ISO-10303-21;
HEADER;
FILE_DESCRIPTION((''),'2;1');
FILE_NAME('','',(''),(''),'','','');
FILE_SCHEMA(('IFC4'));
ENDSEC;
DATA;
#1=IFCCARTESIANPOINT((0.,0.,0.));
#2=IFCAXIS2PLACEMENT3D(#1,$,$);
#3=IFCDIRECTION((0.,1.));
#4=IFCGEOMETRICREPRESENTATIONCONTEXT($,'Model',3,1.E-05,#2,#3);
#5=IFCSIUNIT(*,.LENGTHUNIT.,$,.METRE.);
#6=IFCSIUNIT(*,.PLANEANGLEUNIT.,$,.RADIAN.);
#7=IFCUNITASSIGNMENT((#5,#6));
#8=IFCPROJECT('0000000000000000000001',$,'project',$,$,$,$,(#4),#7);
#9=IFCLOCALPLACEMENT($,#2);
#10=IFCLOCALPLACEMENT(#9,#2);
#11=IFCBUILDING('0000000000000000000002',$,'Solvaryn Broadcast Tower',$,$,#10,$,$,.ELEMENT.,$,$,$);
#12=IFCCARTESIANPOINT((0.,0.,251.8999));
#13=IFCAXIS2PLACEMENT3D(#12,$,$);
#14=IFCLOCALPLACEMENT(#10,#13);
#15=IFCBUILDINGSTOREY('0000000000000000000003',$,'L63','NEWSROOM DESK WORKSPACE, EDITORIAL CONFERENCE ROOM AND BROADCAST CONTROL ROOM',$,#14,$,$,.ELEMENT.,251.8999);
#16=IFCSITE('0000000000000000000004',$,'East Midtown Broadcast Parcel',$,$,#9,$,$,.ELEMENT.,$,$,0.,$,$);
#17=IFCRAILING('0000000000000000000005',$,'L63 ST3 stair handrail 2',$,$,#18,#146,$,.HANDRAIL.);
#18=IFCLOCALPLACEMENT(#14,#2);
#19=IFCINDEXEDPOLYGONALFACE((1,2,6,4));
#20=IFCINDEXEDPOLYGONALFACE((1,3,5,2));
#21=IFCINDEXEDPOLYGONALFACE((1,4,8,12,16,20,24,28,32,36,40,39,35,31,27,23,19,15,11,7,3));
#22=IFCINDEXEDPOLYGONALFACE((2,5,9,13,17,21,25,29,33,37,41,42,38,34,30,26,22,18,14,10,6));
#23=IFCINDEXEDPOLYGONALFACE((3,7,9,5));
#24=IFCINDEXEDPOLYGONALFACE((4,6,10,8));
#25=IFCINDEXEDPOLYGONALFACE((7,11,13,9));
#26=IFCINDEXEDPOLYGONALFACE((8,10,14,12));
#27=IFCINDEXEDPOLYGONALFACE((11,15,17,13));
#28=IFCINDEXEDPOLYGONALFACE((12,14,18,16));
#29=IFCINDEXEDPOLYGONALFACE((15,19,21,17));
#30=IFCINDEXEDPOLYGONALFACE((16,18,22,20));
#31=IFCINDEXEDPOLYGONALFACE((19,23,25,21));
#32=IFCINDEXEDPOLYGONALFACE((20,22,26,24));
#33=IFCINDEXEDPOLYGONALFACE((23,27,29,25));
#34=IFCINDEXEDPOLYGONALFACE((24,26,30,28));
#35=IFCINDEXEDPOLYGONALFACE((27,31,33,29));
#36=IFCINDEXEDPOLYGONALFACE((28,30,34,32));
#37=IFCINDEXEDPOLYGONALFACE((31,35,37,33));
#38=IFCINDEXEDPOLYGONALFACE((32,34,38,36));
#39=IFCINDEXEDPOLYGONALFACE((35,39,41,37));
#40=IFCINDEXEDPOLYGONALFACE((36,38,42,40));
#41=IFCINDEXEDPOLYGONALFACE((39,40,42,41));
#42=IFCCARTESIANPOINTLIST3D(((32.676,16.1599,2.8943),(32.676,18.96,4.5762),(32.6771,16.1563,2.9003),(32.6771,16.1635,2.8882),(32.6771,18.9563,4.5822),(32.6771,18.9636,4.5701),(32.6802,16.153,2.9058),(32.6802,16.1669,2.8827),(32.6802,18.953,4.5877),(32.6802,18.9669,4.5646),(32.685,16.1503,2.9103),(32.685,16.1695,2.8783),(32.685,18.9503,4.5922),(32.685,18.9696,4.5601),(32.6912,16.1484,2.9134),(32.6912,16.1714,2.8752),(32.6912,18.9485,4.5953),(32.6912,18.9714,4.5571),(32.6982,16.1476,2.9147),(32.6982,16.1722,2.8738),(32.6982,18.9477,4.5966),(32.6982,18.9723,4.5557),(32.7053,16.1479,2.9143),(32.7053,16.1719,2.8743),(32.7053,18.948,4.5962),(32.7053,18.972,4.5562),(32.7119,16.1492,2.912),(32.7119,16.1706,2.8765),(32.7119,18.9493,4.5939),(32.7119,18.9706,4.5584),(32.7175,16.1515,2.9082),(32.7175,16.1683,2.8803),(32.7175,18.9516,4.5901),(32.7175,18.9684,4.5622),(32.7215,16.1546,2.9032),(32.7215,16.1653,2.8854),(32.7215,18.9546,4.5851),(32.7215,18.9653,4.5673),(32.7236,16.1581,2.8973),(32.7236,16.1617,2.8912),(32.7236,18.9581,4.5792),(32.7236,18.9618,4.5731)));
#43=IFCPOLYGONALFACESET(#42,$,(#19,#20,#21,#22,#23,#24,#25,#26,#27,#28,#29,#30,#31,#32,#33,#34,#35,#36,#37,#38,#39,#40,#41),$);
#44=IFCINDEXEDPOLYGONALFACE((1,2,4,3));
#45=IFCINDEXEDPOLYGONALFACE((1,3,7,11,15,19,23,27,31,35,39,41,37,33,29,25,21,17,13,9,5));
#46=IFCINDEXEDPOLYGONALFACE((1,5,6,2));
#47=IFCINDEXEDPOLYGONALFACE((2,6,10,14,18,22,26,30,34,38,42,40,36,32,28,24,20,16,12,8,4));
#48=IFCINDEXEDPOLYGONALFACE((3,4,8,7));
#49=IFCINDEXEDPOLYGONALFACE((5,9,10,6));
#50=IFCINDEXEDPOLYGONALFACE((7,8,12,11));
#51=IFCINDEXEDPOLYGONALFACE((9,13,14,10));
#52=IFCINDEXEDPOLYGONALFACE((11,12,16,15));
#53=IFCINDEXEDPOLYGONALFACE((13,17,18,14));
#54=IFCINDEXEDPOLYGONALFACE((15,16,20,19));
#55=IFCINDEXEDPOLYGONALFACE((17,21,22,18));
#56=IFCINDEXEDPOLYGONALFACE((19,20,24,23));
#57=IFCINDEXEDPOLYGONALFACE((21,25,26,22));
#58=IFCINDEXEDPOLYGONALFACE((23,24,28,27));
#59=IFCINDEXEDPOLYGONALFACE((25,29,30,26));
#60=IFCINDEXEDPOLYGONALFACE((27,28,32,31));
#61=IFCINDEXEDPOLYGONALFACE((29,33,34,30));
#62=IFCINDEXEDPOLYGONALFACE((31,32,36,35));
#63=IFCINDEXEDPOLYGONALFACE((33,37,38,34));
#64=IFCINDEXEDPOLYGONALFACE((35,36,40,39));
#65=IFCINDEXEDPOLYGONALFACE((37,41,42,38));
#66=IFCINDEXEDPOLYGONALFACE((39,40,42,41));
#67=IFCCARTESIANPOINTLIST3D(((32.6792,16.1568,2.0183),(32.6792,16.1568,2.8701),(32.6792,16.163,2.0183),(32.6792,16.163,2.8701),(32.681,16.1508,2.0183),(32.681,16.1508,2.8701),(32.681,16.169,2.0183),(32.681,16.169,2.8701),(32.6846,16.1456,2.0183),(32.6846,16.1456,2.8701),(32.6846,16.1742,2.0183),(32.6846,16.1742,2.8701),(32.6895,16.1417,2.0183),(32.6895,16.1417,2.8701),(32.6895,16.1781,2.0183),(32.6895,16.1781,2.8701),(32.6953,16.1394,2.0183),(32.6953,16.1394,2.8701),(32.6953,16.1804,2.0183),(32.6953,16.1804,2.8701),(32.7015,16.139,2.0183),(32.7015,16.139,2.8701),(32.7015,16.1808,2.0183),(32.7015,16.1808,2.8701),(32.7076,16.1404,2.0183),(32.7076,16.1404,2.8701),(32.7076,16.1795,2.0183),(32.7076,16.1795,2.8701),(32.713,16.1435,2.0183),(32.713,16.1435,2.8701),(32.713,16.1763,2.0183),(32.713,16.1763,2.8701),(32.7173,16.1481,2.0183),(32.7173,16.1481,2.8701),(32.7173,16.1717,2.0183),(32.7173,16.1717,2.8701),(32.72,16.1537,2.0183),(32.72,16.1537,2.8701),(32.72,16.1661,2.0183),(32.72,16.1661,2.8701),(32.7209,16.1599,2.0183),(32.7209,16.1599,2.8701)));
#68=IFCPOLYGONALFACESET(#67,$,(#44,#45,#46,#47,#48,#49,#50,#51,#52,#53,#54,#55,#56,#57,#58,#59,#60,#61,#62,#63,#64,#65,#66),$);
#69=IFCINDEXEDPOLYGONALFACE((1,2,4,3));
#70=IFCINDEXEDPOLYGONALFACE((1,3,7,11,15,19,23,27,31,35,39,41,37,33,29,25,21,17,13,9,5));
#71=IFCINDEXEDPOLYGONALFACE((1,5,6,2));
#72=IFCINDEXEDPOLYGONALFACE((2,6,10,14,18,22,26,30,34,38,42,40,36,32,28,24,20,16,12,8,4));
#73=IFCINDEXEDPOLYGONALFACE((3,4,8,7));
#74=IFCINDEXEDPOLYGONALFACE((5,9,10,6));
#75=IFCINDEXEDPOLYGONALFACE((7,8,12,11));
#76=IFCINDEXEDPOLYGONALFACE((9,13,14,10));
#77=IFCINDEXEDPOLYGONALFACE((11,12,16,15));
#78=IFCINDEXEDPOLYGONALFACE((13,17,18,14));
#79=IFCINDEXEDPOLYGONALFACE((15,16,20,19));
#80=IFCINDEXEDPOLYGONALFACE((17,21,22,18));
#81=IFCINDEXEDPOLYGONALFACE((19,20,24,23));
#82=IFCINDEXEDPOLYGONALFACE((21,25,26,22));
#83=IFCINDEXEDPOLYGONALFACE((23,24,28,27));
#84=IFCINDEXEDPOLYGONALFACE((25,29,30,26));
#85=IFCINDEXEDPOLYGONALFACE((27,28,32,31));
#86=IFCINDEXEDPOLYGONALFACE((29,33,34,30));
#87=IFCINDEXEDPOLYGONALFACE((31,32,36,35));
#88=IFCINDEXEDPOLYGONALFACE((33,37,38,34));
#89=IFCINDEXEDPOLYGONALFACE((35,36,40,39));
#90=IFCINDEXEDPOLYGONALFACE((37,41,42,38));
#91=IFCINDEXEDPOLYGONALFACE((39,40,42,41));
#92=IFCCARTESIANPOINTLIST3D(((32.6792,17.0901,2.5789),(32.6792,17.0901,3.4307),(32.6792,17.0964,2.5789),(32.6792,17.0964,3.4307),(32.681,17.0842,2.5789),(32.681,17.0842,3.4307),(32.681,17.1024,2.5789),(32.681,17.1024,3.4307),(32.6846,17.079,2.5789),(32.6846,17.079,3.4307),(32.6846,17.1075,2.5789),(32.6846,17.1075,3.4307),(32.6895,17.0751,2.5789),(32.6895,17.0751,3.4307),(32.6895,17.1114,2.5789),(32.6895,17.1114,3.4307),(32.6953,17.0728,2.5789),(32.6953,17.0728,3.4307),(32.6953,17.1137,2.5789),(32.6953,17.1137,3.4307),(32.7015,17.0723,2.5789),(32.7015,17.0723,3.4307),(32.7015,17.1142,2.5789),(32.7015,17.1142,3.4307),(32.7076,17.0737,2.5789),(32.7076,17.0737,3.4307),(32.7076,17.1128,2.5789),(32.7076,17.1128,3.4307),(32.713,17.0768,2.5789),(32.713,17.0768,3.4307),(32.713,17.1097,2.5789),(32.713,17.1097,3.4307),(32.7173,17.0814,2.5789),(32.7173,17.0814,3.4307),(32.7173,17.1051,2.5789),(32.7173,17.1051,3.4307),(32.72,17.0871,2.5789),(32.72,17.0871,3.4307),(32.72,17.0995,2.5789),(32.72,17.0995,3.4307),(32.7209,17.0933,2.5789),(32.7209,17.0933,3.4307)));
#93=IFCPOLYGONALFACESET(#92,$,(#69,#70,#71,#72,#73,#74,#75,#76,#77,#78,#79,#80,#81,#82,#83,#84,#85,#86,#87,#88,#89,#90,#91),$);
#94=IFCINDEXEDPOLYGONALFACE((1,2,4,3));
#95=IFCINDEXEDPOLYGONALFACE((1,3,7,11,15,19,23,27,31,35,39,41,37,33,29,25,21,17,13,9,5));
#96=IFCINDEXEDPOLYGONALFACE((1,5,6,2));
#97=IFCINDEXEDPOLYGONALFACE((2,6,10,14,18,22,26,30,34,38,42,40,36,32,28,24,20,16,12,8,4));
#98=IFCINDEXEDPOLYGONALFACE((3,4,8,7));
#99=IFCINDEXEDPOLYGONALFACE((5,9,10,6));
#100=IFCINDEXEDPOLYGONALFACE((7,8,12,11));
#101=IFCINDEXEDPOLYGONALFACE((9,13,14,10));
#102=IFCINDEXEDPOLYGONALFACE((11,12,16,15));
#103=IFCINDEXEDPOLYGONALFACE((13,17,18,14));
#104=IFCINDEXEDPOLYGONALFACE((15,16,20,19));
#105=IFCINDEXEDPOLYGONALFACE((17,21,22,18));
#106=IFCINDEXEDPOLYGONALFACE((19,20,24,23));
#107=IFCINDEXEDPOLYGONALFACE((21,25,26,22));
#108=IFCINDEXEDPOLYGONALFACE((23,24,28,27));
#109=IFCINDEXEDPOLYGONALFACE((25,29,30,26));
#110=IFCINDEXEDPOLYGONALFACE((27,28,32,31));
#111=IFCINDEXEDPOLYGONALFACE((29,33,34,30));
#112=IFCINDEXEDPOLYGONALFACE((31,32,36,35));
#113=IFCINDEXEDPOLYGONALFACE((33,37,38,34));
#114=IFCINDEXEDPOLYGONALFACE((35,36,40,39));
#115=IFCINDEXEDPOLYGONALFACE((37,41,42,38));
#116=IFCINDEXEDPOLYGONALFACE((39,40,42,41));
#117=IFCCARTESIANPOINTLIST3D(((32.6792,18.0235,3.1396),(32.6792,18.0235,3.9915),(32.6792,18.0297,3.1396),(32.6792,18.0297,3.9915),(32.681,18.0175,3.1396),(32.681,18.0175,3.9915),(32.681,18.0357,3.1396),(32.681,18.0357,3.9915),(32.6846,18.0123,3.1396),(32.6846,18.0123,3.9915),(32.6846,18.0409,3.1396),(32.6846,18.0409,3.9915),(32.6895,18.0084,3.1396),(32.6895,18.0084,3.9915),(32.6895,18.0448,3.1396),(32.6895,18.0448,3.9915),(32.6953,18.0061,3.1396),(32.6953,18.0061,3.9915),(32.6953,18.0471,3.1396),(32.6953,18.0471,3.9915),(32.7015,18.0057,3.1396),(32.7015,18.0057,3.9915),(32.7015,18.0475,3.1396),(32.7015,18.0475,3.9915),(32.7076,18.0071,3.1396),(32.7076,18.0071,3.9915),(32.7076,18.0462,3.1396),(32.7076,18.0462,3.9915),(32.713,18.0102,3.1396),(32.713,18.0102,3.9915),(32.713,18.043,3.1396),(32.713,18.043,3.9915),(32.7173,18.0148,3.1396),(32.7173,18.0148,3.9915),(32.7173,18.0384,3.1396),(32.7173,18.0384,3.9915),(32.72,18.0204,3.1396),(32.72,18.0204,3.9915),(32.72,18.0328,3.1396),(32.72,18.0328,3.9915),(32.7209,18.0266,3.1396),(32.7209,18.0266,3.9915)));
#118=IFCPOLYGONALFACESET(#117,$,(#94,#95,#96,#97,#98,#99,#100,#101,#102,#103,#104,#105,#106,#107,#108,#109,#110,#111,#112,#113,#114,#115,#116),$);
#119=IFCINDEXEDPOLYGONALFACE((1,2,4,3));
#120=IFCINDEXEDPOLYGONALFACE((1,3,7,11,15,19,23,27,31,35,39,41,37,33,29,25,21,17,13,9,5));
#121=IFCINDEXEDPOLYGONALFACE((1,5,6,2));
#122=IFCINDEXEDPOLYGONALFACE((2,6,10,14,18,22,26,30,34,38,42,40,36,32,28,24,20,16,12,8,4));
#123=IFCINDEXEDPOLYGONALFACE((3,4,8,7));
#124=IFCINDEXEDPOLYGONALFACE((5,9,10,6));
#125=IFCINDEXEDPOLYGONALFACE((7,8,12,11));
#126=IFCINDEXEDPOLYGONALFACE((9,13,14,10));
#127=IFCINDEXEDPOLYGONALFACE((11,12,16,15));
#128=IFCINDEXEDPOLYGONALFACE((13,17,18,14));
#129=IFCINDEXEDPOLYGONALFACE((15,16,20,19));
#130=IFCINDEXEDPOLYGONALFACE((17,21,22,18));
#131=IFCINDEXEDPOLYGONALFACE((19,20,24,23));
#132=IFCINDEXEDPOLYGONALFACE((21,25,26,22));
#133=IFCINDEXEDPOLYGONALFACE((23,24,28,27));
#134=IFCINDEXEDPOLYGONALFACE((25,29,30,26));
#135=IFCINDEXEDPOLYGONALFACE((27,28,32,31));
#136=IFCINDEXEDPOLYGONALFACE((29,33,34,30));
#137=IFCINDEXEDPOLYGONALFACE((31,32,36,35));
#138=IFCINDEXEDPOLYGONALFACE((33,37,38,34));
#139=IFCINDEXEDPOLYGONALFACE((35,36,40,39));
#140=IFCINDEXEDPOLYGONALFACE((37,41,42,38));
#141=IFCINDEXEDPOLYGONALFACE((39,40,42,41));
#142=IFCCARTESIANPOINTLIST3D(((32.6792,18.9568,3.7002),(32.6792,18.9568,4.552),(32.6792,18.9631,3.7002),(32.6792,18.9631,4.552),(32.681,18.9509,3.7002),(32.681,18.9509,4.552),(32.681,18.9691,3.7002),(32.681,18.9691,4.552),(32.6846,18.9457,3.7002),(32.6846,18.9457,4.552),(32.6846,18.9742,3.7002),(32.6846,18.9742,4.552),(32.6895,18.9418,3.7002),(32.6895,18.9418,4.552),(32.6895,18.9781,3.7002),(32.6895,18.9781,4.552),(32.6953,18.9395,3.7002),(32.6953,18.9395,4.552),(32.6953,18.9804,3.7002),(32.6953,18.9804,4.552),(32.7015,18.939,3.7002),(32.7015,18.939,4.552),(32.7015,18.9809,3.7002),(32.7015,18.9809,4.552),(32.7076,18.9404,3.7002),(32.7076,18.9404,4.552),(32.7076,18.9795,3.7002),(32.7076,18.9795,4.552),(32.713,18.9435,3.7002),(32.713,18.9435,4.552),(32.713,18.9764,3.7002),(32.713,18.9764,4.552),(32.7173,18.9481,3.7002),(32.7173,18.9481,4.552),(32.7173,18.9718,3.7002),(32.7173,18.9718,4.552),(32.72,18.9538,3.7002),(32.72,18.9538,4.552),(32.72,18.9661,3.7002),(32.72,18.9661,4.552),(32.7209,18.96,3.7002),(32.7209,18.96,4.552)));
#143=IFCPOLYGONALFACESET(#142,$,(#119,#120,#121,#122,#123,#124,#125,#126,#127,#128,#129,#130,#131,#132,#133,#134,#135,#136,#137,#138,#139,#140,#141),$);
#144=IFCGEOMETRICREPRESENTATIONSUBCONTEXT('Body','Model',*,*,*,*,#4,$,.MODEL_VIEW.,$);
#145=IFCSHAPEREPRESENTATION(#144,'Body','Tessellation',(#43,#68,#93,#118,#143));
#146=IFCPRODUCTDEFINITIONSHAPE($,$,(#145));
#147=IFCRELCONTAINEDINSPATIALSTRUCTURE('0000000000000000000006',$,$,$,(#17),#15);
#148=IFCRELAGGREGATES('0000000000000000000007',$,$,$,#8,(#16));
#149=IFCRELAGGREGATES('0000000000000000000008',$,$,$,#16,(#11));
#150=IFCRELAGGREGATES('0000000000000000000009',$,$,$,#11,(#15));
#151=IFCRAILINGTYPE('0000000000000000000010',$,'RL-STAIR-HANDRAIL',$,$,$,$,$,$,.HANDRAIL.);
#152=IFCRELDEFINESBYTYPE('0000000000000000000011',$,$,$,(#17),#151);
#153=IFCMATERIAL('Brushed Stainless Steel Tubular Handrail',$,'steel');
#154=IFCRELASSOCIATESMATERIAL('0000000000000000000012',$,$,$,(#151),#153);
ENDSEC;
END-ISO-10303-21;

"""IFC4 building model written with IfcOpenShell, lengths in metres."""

from ifc_helpers import new_model, si_unit, direction, frame, origin, origin_2d, place, context, subcontext, project, spatial, circle, extrude, material, type_object, element, save


model = new_model("IFC4")

# Units and contexts
model_context = context("Model", 3, precision=1e-05, world=origin(), true_north=direction((0.0, 1.0)))
body_context = subcontext(model_context, "Body", "Model", "MODEL_VIEW")
ifc_project = project(units=[si_unit("LENGTHUNIT", "METRE"), si_unit("PLANEANGLEUNIT", "RADIAN")], contexts=[model_context])

# Site, building, storey
site_placement = place(None, origin())
site = spatial("IfcSite", under=ifc_project, at=site_placement, Name="East Midtown Broadcast Parcel", CompositionType="ELEMENT", RefElevation=0.0)
building_placement = place(site_placement, origin())
building = spatial("IfcBuilding", under=site, at=building_placement, Name="Solvaryn Broadcast Tower", CompositionType="ELEMENT")
storey_placement = place(building_placement, frame((0.0, 0.0, 251.8999)))
storey = spatial("IfcBuildingStorey", under=building, at=storey_placement, Name="L63", Description="NEWSROOM DESK WORKSPACE, EDITORIAL CONFERENCE ROOM AND BROADCAST CONTROL ROOM", CompositionType="ELEMENT", Elevation=251.8999)

# Railing
ifc_material_1 = material(Name="Brushed Stainless Steel Tubular Handrail", Category="steel")
railing_type_1 = type_object("IfcRailingType", Name="RL-STAIR-HANDRAIL", PredefinedType="HANDRAIL", material=ifc_material_1)
railing_1_placement = place(storey_placement, frame((32.7, 16.1599, 2.0183)))
element("IfcRailing", 1, at=railing_1_placement, inside=storey, type_object=railing_type_1, Name="L63 ST3 stair handrail 2", PredefinedType="HANDRAIL", context=body_context, shape_type="SweptSolid", body=[
    extrude(circle(Radius=0.0239, at=origin_2d()), frame((0.0, 0.0, 0.876), z_axis=(0.0, 0.857242, 0.514913), x_axis=(-1.0, 0.0, 0.0)), (0.0, 0.0, 1.0), 3.2664),
    extrude(circle(Radius=0.021, at=origin_2d()), origin(), (0.0, 0.0, 1.0), 0.8518),
    extrude(circle(Radius=0.021, at=origin_2d()), frame((0.0, 0.9333, 0.5605)), (0.0, 0.0, 1.0), 0.8518),
    extrude(circle(Radius=0.021, at=origin_2d()), frame((0.0, 1.8667, 1.1213)), (0.0, 0.0, 1.0), 0.8518),
    extrude(circle(Radius=0.021, at=origin_2d()), frame((0.0, 2.8, 1.6819)), (0.0, 0.0, 1.0), 0.8518),
])

save(model, "model.ifc")
